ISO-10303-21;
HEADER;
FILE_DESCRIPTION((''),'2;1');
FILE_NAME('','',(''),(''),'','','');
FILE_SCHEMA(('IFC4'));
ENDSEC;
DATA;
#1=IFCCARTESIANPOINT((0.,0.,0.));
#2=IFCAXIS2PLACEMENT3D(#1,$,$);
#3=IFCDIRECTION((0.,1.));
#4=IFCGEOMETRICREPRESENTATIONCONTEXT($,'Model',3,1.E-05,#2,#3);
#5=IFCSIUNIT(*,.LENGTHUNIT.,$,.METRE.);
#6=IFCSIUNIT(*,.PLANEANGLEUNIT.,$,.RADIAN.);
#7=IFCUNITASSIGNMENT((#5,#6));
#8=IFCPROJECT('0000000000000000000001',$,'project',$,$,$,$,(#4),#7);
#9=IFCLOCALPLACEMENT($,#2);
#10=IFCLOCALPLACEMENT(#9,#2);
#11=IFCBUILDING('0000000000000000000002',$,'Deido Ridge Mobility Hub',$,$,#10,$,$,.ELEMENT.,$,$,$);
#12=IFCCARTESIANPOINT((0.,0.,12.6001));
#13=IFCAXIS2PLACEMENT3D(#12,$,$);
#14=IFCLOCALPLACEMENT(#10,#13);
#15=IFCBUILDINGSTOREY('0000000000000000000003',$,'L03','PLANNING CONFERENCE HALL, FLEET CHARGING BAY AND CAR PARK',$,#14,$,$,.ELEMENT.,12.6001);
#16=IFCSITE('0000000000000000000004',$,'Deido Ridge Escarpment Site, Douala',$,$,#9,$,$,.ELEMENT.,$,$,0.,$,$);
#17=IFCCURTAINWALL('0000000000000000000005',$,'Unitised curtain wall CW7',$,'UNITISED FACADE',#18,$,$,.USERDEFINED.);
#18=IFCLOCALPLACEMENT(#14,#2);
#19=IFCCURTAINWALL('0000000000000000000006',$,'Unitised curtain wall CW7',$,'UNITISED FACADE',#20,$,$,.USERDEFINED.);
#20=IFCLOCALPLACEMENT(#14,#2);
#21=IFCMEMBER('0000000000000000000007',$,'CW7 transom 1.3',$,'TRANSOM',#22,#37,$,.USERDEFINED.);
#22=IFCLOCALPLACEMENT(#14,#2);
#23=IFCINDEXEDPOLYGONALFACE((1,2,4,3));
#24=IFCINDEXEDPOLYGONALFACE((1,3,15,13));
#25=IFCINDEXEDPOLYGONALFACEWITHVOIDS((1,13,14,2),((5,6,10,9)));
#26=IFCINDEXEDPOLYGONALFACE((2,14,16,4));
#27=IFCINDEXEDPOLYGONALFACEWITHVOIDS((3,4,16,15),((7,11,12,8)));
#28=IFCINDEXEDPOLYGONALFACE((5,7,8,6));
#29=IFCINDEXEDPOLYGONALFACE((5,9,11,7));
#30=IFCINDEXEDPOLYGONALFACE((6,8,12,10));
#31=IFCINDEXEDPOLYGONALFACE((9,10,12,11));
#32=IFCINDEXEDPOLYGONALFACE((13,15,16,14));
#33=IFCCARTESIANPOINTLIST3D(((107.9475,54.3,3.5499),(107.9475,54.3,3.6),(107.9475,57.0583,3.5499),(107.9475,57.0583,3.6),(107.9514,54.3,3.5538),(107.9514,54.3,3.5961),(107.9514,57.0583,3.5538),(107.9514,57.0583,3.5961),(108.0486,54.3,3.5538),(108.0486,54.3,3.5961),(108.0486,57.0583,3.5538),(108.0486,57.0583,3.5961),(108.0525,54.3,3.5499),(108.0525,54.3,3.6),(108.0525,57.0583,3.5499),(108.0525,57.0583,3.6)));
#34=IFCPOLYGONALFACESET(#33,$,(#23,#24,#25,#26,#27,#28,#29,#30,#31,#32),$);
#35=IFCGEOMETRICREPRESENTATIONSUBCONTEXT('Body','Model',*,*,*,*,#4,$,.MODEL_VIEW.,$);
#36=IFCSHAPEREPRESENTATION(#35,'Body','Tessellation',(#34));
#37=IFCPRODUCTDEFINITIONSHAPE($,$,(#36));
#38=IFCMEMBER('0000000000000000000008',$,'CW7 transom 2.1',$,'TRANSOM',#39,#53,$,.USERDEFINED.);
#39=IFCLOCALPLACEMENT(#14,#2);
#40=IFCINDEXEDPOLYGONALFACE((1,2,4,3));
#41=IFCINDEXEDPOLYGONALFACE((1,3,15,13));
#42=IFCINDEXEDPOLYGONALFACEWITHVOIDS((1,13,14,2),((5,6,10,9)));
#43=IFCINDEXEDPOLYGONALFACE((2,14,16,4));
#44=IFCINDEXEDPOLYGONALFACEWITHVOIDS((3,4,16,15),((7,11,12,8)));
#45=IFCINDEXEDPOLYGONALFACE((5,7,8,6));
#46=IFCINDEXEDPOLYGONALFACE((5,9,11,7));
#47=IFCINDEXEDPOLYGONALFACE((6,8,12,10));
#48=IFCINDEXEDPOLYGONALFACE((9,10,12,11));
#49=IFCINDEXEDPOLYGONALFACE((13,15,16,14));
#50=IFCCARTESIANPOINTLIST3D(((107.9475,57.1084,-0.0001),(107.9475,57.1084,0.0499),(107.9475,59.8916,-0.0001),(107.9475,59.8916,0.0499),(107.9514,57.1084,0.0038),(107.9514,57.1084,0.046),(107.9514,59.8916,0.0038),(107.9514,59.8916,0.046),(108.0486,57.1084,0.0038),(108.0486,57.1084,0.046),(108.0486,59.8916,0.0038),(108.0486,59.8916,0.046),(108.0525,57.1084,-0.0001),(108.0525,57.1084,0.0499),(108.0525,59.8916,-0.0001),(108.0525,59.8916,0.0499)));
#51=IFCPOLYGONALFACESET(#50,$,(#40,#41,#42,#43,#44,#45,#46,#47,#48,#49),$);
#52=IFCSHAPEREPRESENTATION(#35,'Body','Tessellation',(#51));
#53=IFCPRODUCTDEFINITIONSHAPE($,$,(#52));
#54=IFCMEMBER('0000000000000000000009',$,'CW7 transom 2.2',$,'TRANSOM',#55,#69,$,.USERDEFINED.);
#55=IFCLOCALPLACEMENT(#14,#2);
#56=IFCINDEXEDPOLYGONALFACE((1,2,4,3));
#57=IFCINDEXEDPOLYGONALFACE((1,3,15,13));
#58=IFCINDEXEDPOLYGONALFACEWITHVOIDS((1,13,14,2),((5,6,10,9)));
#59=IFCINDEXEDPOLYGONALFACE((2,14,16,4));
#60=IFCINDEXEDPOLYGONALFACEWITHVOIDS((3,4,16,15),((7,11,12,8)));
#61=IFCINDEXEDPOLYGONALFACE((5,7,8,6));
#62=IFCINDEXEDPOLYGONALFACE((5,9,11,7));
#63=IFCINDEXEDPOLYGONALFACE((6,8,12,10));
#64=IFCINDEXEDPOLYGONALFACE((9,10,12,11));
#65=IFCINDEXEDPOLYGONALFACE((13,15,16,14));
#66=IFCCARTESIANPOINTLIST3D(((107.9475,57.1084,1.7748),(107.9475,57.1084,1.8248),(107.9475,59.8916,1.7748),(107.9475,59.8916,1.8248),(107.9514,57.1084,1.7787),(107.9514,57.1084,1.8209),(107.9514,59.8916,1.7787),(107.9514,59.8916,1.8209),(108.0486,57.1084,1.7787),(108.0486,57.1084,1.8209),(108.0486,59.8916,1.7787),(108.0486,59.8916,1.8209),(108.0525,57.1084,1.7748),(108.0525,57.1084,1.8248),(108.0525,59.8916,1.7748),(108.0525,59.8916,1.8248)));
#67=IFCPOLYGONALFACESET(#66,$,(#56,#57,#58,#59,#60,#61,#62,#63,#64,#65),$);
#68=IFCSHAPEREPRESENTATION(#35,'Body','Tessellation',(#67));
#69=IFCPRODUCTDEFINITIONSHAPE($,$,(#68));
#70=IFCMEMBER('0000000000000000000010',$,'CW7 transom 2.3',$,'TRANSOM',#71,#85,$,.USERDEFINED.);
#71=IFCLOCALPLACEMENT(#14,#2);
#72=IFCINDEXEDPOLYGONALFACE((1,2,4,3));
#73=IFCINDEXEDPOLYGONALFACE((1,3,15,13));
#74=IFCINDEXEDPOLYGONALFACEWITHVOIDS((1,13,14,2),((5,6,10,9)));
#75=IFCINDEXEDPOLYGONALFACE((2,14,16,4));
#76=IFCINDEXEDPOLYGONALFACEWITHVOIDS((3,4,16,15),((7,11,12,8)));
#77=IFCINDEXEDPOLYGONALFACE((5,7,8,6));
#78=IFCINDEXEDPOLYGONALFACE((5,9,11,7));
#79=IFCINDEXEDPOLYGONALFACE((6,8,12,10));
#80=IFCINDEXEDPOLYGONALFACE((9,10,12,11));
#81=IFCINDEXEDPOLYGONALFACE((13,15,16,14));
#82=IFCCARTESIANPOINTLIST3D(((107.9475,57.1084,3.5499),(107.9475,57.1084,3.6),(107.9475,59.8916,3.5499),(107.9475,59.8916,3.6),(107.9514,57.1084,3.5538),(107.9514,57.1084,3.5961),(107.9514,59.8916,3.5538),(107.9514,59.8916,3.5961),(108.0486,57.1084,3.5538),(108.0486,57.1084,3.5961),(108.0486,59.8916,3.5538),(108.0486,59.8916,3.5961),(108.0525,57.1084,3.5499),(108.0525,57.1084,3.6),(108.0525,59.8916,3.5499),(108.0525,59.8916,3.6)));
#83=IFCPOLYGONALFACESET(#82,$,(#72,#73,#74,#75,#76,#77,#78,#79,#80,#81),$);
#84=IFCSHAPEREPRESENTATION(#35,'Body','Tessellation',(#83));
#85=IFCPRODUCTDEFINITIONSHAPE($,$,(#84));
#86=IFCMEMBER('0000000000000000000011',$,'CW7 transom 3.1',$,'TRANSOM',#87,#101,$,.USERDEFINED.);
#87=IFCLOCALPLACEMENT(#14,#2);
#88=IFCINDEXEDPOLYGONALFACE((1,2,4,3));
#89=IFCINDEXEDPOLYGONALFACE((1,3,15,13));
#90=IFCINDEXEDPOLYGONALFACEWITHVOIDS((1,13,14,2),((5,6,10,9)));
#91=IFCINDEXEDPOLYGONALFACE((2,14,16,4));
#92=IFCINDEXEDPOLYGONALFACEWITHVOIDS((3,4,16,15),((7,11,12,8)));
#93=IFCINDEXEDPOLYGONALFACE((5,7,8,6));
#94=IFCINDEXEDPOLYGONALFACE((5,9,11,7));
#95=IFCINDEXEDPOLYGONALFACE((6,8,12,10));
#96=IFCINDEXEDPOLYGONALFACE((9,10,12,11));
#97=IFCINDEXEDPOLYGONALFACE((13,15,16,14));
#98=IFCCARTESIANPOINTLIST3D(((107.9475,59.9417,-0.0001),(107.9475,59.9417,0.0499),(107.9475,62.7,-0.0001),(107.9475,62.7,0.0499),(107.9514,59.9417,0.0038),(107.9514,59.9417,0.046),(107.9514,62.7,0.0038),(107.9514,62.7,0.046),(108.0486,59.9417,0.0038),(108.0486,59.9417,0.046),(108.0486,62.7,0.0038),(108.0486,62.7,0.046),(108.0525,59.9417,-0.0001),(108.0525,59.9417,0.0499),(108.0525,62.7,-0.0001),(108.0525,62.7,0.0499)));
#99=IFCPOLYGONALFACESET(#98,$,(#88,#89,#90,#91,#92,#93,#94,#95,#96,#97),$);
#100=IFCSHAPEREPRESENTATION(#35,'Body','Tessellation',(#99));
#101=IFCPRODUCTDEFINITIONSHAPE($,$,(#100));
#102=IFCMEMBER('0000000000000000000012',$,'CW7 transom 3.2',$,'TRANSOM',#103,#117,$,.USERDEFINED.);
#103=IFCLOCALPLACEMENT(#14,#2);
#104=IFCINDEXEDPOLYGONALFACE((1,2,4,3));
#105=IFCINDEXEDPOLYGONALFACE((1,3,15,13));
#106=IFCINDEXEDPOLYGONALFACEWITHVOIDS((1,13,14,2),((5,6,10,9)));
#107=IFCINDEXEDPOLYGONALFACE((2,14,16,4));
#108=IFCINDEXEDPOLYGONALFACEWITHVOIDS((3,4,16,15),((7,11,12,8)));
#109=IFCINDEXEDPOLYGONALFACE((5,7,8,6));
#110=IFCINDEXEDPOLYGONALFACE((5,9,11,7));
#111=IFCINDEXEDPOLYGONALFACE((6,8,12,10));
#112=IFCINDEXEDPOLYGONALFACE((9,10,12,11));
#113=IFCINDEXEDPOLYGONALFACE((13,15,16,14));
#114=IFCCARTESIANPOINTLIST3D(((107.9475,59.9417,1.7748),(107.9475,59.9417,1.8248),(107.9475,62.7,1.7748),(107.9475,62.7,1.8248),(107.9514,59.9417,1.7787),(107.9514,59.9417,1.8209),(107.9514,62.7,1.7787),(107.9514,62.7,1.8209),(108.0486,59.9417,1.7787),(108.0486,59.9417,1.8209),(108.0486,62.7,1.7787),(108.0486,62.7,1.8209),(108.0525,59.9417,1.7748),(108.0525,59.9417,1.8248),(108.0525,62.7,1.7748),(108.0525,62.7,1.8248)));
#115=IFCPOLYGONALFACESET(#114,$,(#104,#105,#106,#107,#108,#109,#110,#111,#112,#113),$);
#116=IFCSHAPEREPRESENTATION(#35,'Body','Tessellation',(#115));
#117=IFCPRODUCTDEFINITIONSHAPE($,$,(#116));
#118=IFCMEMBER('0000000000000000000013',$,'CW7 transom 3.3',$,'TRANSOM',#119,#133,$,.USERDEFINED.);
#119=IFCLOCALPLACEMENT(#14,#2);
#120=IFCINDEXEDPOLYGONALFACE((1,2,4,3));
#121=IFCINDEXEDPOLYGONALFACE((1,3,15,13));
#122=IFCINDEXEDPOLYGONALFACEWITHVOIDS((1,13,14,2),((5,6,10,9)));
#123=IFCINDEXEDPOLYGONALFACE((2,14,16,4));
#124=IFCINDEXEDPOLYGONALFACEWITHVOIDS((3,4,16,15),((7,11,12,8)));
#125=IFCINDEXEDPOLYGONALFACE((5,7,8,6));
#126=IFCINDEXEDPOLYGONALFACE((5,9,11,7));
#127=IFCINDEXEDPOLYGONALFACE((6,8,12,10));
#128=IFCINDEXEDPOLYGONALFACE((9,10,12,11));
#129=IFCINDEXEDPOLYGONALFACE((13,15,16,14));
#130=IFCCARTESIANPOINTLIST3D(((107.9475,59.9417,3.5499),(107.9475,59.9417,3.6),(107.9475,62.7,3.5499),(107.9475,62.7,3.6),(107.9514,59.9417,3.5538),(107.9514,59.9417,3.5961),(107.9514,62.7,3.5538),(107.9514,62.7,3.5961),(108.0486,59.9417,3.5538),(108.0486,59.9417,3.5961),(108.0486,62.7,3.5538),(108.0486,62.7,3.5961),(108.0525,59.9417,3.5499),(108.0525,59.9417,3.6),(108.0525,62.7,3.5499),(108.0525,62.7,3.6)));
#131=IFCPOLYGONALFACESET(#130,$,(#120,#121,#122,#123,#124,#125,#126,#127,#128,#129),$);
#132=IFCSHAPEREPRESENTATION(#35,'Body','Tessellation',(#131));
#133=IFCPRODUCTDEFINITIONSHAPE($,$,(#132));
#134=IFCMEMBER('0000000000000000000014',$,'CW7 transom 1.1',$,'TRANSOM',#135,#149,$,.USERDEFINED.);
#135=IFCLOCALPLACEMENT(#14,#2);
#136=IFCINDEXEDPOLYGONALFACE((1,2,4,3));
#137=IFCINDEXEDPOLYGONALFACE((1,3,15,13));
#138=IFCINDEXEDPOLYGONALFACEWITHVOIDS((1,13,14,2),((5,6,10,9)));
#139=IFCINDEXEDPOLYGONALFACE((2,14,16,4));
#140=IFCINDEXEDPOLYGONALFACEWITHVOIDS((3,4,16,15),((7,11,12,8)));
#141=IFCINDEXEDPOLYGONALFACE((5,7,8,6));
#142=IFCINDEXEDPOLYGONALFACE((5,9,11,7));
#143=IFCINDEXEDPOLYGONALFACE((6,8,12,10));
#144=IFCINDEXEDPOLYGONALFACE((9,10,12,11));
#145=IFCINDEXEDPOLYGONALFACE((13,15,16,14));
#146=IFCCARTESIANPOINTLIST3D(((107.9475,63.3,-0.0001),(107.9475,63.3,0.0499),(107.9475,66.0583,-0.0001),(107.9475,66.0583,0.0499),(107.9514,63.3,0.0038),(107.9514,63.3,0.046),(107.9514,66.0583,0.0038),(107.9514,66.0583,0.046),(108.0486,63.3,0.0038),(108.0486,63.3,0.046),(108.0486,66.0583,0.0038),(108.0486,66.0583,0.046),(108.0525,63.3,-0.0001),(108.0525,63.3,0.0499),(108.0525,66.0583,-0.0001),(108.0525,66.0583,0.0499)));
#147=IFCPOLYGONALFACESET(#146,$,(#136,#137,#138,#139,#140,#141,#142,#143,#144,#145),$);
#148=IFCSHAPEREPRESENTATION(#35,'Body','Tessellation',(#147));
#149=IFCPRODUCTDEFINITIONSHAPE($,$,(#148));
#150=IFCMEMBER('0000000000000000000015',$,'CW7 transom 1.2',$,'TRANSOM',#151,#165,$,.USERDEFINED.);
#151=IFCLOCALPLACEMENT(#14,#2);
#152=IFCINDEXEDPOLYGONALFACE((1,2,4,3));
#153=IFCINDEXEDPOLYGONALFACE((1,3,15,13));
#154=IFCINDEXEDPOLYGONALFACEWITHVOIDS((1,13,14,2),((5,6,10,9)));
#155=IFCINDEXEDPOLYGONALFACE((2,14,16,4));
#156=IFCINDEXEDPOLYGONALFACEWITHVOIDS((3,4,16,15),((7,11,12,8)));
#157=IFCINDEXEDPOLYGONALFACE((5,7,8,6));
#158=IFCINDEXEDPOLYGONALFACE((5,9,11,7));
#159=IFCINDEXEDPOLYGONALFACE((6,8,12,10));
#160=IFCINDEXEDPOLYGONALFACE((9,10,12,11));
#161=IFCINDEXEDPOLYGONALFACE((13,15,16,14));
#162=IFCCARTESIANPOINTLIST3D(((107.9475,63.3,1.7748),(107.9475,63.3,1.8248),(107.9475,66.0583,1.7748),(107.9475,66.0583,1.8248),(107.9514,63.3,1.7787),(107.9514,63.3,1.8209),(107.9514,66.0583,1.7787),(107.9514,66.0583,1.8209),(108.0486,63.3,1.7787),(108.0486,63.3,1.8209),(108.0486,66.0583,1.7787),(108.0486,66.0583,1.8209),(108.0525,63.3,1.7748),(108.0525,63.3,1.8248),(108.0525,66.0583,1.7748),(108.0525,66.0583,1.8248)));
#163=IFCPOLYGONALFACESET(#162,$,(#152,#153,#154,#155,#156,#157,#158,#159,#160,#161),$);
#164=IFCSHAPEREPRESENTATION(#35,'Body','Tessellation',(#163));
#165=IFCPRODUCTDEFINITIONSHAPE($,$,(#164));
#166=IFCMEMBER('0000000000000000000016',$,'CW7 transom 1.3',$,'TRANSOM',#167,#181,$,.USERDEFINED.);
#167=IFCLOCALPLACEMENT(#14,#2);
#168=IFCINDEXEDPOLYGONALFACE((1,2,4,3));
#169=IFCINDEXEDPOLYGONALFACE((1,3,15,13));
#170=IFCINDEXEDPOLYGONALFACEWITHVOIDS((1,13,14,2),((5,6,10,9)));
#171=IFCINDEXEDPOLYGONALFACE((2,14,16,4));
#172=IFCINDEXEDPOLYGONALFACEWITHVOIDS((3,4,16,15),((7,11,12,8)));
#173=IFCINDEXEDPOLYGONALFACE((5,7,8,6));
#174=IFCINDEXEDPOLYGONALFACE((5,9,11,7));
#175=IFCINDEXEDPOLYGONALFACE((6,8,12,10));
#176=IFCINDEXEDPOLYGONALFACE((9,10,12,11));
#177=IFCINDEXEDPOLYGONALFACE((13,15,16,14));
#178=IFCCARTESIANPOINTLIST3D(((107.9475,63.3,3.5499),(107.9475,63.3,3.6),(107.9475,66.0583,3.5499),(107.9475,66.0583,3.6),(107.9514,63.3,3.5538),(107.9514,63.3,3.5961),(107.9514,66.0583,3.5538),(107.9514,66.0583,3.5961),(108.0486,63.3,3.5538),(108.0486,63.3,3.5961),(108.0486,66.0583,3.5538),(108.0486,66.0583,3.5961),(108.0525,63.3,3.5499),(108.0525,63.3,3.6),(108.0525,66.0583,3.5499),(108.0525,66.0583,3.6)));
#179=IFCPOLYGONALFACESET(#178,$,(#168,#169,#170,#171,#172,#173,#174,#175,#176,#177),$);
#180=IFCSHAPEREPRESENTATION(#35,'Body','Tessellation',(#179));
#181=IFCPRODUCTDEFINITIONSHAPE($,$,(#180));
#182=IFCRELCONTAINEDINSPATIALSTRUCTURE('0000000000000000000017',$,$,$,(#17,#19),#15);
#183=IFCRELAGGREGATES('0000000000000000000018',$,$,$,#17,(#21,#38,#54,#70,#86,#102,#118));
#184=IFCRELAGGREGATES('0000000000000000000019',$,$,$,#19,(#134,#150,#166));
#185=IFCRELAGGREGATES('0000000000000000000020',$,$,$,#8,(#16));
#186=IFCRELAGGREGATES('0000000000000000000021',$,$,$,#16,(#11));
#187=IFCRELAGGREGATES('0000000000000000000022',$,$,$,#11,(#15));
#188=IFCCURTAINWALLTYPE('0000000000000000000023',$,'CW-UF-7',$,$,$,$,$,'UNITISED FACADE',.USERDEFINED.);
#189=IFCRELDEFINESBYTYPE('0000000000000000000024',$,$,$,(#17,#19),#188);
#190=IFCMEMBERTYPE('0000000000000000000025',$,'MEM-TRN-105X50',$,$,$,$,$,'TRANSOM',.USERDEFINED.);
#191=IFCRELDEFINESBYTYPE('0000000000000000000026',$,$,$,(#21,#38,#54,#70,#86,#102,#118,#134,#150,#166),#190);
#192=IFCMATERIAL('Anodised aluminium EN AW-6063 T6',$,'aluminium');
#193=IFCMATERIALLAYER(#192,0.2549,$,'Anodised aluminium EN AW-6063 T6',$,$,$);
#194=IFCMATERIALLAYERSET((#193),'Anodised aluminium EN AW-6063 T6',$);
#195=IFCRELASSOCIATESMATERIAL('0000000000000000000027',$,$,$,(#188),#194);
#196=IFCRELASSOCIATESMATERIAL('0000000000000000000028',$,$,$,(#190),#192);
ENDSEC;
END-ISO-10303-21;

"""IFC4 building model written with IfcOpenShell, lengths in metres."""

from ifc_helpers import new_model, si_unit, direction, frame, origin, origin_2d, place, context, subcontext, project, spatial, hollow_rectangle, extrude, material, layer, layer_set, material_profile, profile_set, type_object, element, aggregate, save


model = new_model("IFC4")

# Units and contexts
model_context = context("Model", 3, precision=1e-05, world=origin(), true_north=direction((0.0, 1.0)))
body_context = subcontext(model_context, "Body", "Model", "MODEL_VIEW")
ifc_project = project(units=[si_unit("LENGTHUNIT", "METRE"), si_unit("PLANEANGLEUNIT", "RADIAN")], contexts=[model_context])

# Site, building, storey
site_placement = place(None, origin())
site = spatial("IfcSite", under=ifc_project, at=site_placement, Name="Deido Ridge Escarpment Site, Douala", CompositionType="ELEMENT", RefElevation=0.0)
building_placement = place(site_placement, origin())
building = spatial("IfcBuilding", under=site, at=building_placement, Name="Deido Ridge Mobility Hub", CompositionType="ELEMENT")
storey_placement = place(building_placement, frame((0.0, 0.0, 12.6001)))
storey = spatial("IfcBuildingStorey", under=building, at=storey_placement, Name="L03", Description="PLANNING CONFERENCE HALL, FLEET CHARGING BAY AND CAR PARK", CompositionType="ELEMENT", Elevation=12.6001)

# Curtain wall
ifc_material_1 = material(Name="Anodised aluminium EN AW-6063 T6", Category="aluminium")
ifc_layer_1 = layer(ifc_material_1, 0.2549, Name="Anodised aluminium EN AW-6063 T6")
ifc_layer_set_1 = layer_set([ifc_layer_1], Name="Anodised aluminium EN AW-6063 T6")
curtain_wall_type = type_object("IfcCurtainWallType", Name="CW-UF-7", ElementType="UNITISED FACADE", PredefinedType="USERDEFINED", material=ifc_layer_set_1)
curtain_wall_1_placement = place(storey_placement, origin())
curtain_wall_1 = element("IfcCurtainWall", 1, at=curtain_wall_1_placement, inside=storey, type_object=curtain_wall_type, Name="Unitised curtain wall CW7", ObjectType="UNITISED FACADE", PredefinedType="USERDEFINED")

# Curtain wall
curtain_wall_2_placement = place(storey_placement, origin())
curtain_wall_2 = element("IfcCurtainWall", 2, at=curtain_wall_2_placement, inside=storey, type_object=curtain_wall_type, Name="Unitised curtain wall CW7", ObjectType="UNITISED FACADE", PredefinedType="USERDEFINED")

# Members
ifc_material_profile_1 = material_profile(ifc_material_1, hollow_rectangle(XDim=0.105, YDim=0.05, WallThickness=0.0039, at=origin_2d()), Name="RHS 105x50x4")
ifc_profile_set_1 = profile_set([ifc_material_profile_1], Name="Anodised aluminium EN AW-6063 T6")
member_type_1 = type_object("IfcMemberType", Name="MEM-TRN-105X50", ElementType="TRANSOM", PredefinedType="USERDEFINED", material=ifc_profile_set_1)
member_1_placement = place(storey_placement, frame((108.0, 54.3, 3.575), z_axis=(0.0, 1.0, 0.0), x_axis=(-1.0, 0.0, 0.0)))
member_1 = element("IfcMember", 3, at=member_1_placement, type_object=member_type_1, Name="CW7 transom 1.3", ObjectType="TRANSOM", PredefinedType="USERDEFINED", context=body_context, shape_type="SweptSolid", body=[
    extrude(hollow_rectangle(XDim=0.105, YDim=0.05, WallThickness=0.0039, at=origin_2d()), origin(), (0.0, 0.0, 1.0), 2.7583),
])
member_2_placement = place(storey_placement, frame((108.0, 57.1084, 0.0249), z_axis=(0.0, 1.0, 0.0), x_axis=(-1.0, 0.0, 0.0)))
member_2 = element("IfcMember", 4, at=member_2_placement, type_object=member_type_1, Name="CW7 transom 2.1", ObjectType="TRANSOM", PredefinedType="USERDEFINED", context=body_context, shape_type="SweptSolid", body=[
    extrude(hollow_rectangle(XDim=0.105, YDim=0.05, WallThickness=0.0039, at=origin_2d()), origin(), (0.0, 0.0, 1.0), 2.7832),
])
member_3_placement = place(storey_placement, frame((108.0, 57.1084, 1.7998), z_axis=(0.0, 1.0, 0.0), x_axis=(-1.0, 0.0, 0.0)))
member_3 = element("IfcMember", 5, at=member_3_placement, type_object=member_type_1, Name="CW7 transom 2.2", ObjectType="TRANSOM", PredefinedType="USERDEFINED", context=body_context, shape_type="SweptSolid", body=[
    extrude(hollow_rectangle(XDim=0.105, YDim=0.05, WallThickness=0.0039, at=origin_2d()), origin(), (0.0, 0.0, 1.0), 2.7832),
])
member_4_placement = place(storey_placement, frame((108.0, 57.1084, 3.575), z_axis=(0.0, 1.0, 0.0), x_axis=(-1.0, 0.0, 0.0)))
member_4 = element("IfcMember", 6, at=member_4_placement, type_object=member_type_1, Name="CW7 transom 2.3", ObjectType="TRANSOM", PredefinedType="USERDEFINED", context=body_context, shape_type="SweptSolid", body=[
    extrude(hollow_rectangle(XDim=0.105, YDim=0.05, WallThickness=0.0039, at=origin_2d()), origin(), (0.0, 0.0, 1.0), 2.7832),
])
member_5_placement = place(storey_placement, frame((108.0, 59.9417, 0.0249), z_axis=(0.0, 1.0, 0.0), x_axis=(-1.0, 0.0, 0.0)))
member_5 = element("IfcMember", 7, at=member_5_placement, type_object=member_type_1, Name="CW7 transom 3.1", ObjectType="TRANSOM", PredefinedType="USERDEFINED", context=body_context, shape_type="SweptSolid", body=[
    extrude(hollow_rectangle(XDim=0.105, YDim=0.05, WallThickness=0.0039, at=origin_2d()), origin(), (0.0, 0.0, 1.0), 2.7583),
])
member_6_placement = place(storey_placement, frame((108.0, 59.9417, 1.7998), z_axis=(0.0, 1.0, 0.0), x_axis=(-1.0, 0.0, 0.0)))
member_6 = element("IfcMember", 8, at=member_6_placement, type_object=member_type_1, Name="CW7 transom 3.2", ObjectType="TRANSOM", PredefinedType="USERDEFINED", context=body_context, shape_type="SweptSolid", body=[
    extrude(hollow_rectangle(XDim=0.105, YDim=0.05, WallThickness=0.0039, at=origin_2d()), origin(), (0.0, 0.0, 1.0), 2.7583),
])
member_7_placement = place(storey_placement, frame((108.0, 59.9417, 3.575), z_axis=(0.0, 1.0, 0.0), x_axis=(-1.0, 0.0, 0.0)))
member_7 = element("IfcMember", 9, at=member_7_placement, type_object=member_type_1, Name="CW7 transom 3.3", ObjectType="TRANSOM", PredefinedType="USERDEFINED", context=body_context, shape_type="SweptSolid", body=[
    extrude(hollow_rectangle(XDim=0.105, YDim=0.05, WallThickness=0.0039, at=origin_2d()), origin(), (0.0, 0.0, 1.0), 2.7583),
])
member_8_placement = place(storey_placement, frame((108.0, 63.3, 0.0249), z_axis=(0.0, 1.0, 0.0), x_axis=(-1.0, 0.0, 0.0)))
member_8 = element("IfcMember", 10, at=member_8_placement, type_object=member_type_1, Name="CW7 transom 1.1", ObjectType="TRANSOM", PredefinedType="USERDEFINED", context=body_context, shape_type="SweptSolid", body=[
    extrude(hollow_rectangle(XDim=0.105, YDim=0.05, WallThickness=0.0039, at=origin_2d()), origin(), (0.0, 0.0, 1.0), 2.7583),
])
member_9_placement = place(storey_placement, frame((108.0, 63.3, 1.7998), z_axis=(0.0, 1.0, 0.0), x_axis=(-1.0, 0.0, 0.0)))
member_9 = element("IfcMember", 11, at=member_9_placement, type_object=member_type_1, Name="CW7 transom 1.2", ObjectType="TRANSOM", PredefinedType="USERDEFINED", context=body_context, shape_type="SweptSolid", body=[
    extrude(hollow_rectangle(XDim=0.105, YDim=0.05, WallThickness=0.0039, at=origin_2d()), origin(), (0.0, 0.0, 1.0), 2.7583),
])
member_10_placement = place(storey_placement, frame((108.0, 63.3, 3.575), z_axis=(0.0, 1.0, 0.0), x_axis=(-1.0, 0.0, 0.0)))
member_10 = element("IfcMember", 12, at=member_10_placement, type_object=member_type_1, Name="CW7 transom 1.3", ObjectType="TRANSOM", PredefinedType="USERDEFINED", context=body_context, shape_type="SweptSolid", body=[
    extrude(hollow_rectangle(XDim=0.105, YDim=0.05, WallThickness=0.0039, at=origin_2d()), origin(), (0.0, 0.0, 1.0), 2.7583),
])

aggregate(curtain_wall_1, [member_1, member_2, member_3, member_4, member_5, member_6, member_7])
aggregate(curtain_wall_2, [member_8, member_9, member_10])

save(model, "model.ifc")
